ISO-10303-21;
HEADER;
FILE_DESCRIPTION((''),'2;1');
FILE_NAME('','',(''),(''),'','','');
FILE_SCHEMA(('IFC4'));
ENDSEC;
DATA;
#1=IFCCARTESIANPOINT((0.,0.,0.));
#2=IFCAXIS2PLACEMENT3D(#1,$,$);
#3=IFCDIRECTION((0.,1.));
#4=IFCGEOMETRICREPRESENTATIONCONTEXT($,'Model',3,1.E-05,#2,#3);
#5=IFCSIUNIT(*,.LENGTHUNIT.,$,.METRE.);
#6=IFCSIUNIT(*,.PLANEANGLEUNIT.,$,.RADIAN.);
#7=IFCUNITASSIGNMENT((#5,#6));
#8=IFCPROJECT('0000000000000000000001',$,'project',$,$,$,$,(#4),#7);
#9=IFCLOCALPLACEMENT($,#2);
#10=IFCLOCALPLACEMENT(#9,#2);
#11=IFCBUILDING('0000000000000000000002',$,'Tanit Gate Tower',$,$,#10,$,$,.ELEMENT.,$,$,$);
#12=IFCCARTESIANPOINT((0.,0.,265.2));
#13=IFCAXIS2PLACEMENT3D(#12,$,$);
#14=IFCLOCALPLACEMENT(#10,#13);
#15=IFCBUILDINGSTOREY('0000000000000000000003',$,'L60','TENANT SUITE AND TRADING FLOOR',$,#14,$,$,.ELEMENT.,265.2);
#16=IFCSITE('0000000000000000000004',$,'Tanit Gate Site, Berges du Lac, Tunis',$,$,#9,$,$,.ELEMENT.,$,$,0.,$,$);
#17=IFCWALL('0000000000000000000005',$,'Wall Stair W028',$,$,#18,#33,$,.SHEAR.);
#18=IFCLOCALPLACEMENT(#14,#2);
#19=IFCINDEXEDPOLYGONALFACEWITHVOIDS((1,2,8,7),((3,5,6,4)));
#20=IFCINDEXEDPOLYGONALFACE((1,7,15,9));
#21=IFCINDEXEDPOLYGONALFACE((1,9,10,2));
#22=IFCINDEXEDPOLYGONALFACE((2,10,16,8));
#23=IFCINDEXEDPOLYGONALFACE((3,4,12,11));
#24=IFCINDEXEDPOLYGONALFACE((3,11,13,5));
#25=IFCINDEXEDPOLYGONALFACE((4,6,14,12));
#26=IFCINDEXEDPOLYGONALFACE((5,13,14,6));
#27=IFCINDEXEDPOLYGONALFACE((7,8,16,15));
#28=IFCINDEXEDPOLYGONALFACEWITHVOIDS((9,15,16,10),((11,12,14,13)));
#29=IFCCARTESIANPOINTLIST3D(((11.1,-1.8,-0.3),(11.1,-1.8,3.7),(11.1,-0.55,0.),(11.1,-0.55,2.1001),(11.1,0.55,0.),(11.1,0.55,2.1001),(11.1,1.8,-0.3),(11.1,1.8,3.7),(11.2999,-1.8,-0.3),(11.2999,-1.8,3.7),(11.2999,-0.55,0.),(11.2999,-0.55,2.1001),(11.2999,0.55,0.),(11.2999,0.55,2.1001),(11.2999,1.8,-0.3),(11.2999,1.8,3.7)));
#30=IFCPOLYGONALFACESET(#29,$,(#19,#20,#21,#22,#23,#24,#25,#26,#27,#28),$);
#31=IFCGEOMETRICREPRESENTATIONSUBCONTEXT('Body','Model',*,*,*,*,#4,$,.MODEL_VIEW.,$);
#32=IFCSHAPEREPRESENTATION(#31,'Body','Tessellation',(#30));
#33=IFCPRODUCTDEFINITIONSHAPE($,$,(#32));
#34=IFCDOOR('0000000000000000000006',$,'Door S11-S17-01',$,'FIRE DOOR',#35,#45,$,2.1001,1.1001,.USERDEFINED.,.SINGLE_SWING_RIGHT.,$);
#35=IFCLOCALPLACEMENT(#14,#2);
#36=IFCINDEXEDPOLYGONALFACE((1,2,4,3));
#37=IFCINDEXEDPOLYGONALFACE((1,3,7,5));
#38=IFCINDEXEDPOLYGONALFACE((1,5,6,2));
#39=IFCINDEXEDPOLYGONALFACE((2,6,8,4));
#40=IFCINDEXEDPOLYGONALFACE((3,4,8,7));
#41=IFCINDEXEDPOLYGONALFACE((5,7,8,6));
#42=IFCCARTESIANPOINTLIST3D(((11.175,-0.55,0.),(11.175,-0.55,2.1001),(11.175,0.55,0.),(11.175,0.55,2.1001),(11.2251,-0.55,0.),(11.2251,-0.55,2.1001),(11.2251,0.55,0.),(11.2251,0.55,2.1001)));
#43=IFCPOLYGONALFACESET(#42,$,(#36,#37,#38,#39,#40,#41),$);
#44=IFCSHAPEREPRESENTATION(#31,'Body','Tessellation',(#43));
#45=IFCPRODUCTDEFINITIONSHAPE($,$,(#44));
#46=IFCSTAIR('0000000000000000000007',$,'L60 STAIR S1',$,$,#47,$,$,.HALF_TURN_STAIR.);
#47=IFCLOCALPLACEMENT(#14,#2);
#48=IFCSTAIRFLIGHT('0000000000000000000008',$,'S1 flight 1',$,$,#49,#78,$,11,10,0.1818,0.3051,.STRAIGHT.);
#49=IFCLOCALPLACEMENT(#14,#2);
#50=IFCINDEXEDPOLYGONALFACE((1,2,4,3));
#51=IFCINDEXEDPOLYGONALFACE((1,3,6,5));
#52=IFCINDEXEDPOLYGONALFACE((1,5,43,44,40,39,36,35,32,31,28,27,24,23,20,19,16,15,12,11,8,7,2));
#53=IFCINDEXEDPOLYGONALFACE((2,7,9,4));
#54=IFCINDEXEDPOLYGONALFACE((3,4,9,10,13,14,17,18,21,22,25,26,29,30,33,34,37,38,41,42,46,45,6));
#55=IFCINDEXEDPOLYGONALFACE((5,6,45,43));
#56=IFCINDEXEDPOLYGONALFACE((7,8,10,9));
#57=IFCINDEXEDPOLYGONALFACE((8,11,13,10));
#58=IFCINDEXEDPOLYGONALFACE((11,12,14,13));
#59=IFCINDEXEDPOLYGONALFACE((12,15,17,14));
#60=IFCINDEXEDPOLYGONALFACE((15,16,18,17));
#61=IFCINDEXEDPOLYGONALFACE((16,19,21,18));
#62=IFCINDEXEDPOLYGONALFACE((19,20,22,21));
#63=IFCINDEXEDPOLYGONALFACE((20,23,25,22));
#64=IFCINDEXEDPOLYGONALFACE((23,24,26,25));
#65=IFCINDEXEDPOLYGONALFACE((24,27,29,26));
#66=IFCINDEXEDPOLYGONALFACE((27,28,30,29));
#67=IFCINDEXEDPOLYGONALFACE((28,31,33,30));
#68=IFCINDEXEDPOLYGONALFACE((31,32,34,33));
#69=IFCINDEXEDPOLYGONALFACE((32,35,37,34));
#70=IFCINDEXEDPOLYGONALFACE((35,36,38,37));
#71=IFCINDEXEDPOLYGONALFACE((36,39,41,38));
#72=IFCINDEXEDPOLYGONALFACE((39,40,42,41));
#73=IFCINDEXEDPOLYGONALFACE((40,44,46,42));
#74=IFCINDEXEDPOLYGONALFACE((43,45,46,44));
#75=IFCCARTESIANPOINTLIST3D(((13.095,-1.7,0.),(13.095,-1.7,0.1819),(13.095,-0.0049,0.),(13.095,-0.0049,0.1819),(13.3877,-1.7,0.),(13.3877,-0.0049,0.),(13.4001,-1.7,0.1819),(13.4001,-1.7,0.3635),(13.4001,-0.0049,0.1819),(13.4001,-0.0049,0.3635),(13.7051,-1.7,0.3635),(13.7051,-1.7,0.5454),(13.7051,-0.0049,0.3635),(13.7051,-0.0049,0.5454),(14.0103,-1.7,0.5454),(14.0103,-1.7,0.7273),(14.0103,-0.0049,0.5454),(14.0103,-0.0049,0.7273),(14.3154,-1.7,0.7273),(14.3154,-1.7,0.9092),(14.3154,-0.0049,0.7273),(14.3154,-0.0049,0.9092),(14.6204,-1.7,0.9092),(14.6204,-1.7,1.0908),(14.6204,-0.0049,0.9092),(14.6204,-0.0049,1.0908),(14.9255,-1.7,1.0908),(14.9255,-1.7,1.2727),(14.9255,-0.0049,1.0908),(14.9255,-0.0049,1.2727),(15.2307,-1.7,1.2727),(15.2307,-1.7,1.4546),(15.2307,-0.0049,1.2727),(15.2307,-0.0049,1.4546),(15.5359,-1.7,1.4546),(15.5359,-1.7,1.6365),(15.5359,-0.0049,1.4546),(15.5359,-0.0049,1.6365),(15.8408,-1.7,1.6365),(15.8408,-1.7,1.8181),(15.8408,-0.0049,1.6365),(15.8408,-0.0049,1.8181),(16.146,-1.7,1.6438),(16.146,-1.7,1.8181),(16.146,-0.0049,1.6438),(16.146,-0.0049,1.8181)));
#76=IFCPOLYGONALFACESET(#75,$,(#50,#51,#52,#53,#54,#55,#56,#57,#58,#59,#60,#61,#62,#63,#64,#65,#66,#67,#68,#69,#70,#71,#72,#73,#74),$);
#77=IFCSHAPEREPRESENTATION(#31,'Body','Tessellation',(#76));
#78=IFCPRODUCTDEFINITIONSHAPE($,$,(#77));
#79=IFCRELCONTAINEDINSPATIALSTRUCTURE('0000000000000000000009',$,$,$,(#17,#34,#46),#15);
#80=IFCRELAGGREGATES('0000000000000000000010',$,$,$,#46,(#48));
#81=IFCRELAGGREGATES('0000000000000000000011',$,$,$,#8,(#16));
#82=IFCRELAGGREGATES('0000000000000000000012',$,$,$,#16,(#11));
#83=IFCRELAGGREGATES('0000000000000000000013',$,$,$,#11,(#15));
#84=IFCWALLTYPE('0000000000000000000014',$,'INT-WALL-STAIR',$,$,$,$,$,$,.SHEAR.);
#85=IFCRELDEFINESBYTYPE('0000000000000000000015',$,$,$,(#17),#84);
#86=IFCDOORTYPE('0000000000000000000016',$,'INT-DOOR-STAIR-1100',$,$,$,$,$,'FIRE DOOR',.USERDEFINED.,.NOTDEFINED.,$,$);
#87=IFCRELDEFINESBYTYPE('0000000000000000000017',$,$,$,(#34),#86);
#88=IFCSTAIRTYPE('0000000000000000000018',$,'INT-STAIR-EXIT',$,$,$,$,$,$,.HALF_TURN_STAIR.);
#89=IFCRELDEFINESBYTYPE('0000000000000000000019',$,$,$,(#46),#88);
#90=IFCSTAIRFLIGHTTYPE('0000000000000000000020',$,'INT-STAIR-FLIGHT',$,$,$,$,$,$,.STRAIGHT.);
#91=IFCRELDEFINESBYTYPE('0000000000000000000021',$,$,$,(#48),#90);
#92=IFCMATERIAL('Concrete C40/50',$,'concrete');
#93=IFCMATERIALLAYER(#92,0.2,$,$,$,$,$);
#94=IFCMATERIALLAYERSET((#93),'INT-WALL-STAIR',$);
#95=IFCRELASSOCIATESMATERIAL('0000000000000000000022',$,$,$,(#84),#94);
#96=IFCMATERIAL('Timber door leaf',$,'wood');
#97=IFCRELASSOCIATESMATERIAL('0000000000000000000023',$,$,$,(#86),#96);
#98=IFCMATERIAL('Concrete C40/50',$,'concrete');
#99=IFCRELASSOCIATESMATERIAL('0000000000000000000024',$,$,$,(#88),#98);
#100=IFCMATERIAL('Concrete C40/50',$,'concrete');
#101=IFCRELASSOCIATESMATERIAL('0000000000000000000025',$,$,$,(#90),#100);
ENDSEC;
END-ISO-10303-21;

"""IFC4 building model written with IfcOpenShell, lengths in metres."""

from ifc_helpers import new_model, si_unit, direction, frame, frame_2d, origin, place, context, subcontext, project, spatial, polyline, rectangle, outline, extrude, material, layer, layer_set, type_object, element, fill, aggregate, save


model = new_model("IFC4")

# Units and contexts
model_context = context("Model", 3, precision=1e-05, world=origin(), true_north=direction((0.0, 1.0)))
body_context = subcontext(model_context, "Body", "Model", "MODEL_VIEW")
ifc_project = project(units=[si_unit("LENGTHUNIT", "METRE"), si_unit("PLANEANGLEUNIT", "RADIAN")], contexts=[model_context])

# Site, building, storey
site_placement = place(None, origin())
site = spatial("IfcSite", under=ifc_project, at=site_placement, Name="Tanit Gate Site, Berges du Lac, Tunis", CompositionType="ELEMENT", RefElevation=0.0)
building_placement = place(site_placement, origin())
building = spatial("IfcBuilding", under=site, at=building_placement, Name="Tanit Gate Tower", CompositionType="ELEMENT")
storey_placement = place(building_placement, frame((0.0, 0.0, 265.2)))
storey = spatial("IfcBuildingStorey", under=building, at=storey_placement, Name="L60", Description="TENANT SUITE AND TRADING FLOOR", CompositionType="ELEMENT", Elevation=265.2)

# Shared definitions
ifc_material_1 = material(Name="Concrete C40/50", Category="concrete")
ifc_layer_1 = layer(ifc_material_1, 0.2)
ifc_layer_set_1 = layer_set([ifc_layer_1], Name="INT-WALL-STAIR")
wall_type_1 = type_object("IfcWallType", Name="INT-WALL-STAIR", PredefinedType="SHEAR", material=ifc_layer_set_1)

# Wall, opening, door
wall_1_placement = place(storey_placement, frame((11.2, -1.8, -0.3), z_axis=(0.0, 0.0, 1.0), x_axis=(0.0, 1.0, 0.0)))
wall_1 = element("IfcWall", 1, at=wall_1_placement, inside=storey, type_object=wall_type_1, Name="Wall Stair W028", PredefinedType="SHEAR", context=body_context, shape_type="SweptSolid", body=[
    extrude(rectangle(XDim=3.6001, YDim=0.2, at=frame_2d((1.8, 0.0))), origin(), (0.0, 0.0, 1.0), 4.0),
])
opening_1_placement = place(wall_1_placement, frame((1.25, 0.0, 0.3)))
opening_1 = element("IfcOpeningElement", 2, at=opening_1_placement, cuts=wall_1, PredefinedType="OPENING", context=body_context, shape_type="SweptSolid", body=[
    extrude(rectangle(XDim=1.1001, YDim=2.1001, at=frame_2d((0.55, 1.05))), frame((0.0, 0.1099, 0.0), z_axis=(0.0, -1.0, 0.0), x_axis=(1.0, 0.0, 0.0)), (0.0, 0.0, 1.0), 0.22),
])
ifc_material_2 = material(Name="Timber door leaf", Category="wood")
door_type_1 = type_object("IfcDoorType", Name="INT-DOOR-STAIR-1100", ElementType="FIRE DOOR", OperationType="NOTDEFINED", PredefinedType="USERDEFINED", material=ifc_material_2)
door_1_placement = place(opening_1_placement, origin())
door_1 = element("IfcDoor", 3, at=door_1_placement, inside=storey, type_object=door_type_1, Name="Door S11-S17-01", ObjectType="FIRE DOOR", OperationType="SINGLE_SWING_RIGHT", OverallHeight=2.1001, OverallWidth=1.1001, PredefinedType="USERDEFINED", context=body_context, shape_type="SweptSolid", body=[
    extrude(rectangle(XDim=1.1001, YDim=2.1001, at=frame_2d((0.55, 1.05))), frame((0.0, 0.0249, 0.0), z_axis=(0.0, -1.0, 0.0), x_axis=(1.0, 0.0, 0.0)), (0.0, 0.0, 1.0), 0.05),
])
fill(opening_1, door_1)

# Stair, stair flight
ifc_material_3 = material(Name="Concrete C40/50", Category="concrete")
stair_type = type_object("IfcStairType", Name="INT-STAIR-EXIT", PredefinedType="HALF_TURN_STAIR", material=ifc_material_3)
stair_placement = place(storey_placement, origin())
stair = element("IfcStair", 4, at=stair_placement, inside=storey, type_object=stair_type, Name="L60 STAIR S1", PredefinedType="HALF_TURN_STAIR")
ifc_material_4 = material(Name="Concrete C40/50", Category="concrete")
stair_flight_type = type_object("IfcStairFlightType", Name="INT-STAIR-FLIGHT", PredefinedType="STRAIGHT", material=ifc_material_4)
stair_flight_placement = place(storey_placement, frame((13.095, -0.8525, 0.0), z_axis=(0.0, 0.0, 1.0), x_axis=(1.0, 0.0, 0.0)))
stair_flight = element("IfcStairFlight", 5, at=stair_flight_placement, type_object=stair_flight_type, Name="S1 flight 1", NumberOfRisers=11, NumberOfTreads=10, PredefinedType="STRAIGHT", RiserHeight=0.1818, TreadLength=0.3051, context=body_context, shape_type="SweptSolid", body=[
    extrude(outline(polyline([(0.0, 0.0), (0.0, 0.1819), (0.3052, 0.1819), (0.3052, 0.3635), (0.6101, 0.3635), (0.6101, 0.5454), (0.9153, 0.5454), (0.9153, 0.7273), (1.2205, 0.7273), (1.2205, 0.9092), (1.5254, 0.9092), (1.5254, 1.0908), (1.8306, 1.0908), (1.8306, 1.2727), (2.1357, 1.2727), (2.1357, 1.4546), (2.4409, 1.4546), (2.4409, 1.6365), (2.7458, 1.6365), (2.7458, 1.8181), (3.051, 1.8181), (3.051, 2.0), (3.051, 1.6438), (0.2927, 0.0), (0.0, 0.0)])), frame((0.0, 0.8477, 0.0), z_axis=(0.0, -1.0, 0.0), x_axis=(1.0, 0.0, 0.0)), (0.0, 0.0, 1.0), 1.6951),
])
aggregate(stair, [stair_flight])

save(model, "model.ifc")
